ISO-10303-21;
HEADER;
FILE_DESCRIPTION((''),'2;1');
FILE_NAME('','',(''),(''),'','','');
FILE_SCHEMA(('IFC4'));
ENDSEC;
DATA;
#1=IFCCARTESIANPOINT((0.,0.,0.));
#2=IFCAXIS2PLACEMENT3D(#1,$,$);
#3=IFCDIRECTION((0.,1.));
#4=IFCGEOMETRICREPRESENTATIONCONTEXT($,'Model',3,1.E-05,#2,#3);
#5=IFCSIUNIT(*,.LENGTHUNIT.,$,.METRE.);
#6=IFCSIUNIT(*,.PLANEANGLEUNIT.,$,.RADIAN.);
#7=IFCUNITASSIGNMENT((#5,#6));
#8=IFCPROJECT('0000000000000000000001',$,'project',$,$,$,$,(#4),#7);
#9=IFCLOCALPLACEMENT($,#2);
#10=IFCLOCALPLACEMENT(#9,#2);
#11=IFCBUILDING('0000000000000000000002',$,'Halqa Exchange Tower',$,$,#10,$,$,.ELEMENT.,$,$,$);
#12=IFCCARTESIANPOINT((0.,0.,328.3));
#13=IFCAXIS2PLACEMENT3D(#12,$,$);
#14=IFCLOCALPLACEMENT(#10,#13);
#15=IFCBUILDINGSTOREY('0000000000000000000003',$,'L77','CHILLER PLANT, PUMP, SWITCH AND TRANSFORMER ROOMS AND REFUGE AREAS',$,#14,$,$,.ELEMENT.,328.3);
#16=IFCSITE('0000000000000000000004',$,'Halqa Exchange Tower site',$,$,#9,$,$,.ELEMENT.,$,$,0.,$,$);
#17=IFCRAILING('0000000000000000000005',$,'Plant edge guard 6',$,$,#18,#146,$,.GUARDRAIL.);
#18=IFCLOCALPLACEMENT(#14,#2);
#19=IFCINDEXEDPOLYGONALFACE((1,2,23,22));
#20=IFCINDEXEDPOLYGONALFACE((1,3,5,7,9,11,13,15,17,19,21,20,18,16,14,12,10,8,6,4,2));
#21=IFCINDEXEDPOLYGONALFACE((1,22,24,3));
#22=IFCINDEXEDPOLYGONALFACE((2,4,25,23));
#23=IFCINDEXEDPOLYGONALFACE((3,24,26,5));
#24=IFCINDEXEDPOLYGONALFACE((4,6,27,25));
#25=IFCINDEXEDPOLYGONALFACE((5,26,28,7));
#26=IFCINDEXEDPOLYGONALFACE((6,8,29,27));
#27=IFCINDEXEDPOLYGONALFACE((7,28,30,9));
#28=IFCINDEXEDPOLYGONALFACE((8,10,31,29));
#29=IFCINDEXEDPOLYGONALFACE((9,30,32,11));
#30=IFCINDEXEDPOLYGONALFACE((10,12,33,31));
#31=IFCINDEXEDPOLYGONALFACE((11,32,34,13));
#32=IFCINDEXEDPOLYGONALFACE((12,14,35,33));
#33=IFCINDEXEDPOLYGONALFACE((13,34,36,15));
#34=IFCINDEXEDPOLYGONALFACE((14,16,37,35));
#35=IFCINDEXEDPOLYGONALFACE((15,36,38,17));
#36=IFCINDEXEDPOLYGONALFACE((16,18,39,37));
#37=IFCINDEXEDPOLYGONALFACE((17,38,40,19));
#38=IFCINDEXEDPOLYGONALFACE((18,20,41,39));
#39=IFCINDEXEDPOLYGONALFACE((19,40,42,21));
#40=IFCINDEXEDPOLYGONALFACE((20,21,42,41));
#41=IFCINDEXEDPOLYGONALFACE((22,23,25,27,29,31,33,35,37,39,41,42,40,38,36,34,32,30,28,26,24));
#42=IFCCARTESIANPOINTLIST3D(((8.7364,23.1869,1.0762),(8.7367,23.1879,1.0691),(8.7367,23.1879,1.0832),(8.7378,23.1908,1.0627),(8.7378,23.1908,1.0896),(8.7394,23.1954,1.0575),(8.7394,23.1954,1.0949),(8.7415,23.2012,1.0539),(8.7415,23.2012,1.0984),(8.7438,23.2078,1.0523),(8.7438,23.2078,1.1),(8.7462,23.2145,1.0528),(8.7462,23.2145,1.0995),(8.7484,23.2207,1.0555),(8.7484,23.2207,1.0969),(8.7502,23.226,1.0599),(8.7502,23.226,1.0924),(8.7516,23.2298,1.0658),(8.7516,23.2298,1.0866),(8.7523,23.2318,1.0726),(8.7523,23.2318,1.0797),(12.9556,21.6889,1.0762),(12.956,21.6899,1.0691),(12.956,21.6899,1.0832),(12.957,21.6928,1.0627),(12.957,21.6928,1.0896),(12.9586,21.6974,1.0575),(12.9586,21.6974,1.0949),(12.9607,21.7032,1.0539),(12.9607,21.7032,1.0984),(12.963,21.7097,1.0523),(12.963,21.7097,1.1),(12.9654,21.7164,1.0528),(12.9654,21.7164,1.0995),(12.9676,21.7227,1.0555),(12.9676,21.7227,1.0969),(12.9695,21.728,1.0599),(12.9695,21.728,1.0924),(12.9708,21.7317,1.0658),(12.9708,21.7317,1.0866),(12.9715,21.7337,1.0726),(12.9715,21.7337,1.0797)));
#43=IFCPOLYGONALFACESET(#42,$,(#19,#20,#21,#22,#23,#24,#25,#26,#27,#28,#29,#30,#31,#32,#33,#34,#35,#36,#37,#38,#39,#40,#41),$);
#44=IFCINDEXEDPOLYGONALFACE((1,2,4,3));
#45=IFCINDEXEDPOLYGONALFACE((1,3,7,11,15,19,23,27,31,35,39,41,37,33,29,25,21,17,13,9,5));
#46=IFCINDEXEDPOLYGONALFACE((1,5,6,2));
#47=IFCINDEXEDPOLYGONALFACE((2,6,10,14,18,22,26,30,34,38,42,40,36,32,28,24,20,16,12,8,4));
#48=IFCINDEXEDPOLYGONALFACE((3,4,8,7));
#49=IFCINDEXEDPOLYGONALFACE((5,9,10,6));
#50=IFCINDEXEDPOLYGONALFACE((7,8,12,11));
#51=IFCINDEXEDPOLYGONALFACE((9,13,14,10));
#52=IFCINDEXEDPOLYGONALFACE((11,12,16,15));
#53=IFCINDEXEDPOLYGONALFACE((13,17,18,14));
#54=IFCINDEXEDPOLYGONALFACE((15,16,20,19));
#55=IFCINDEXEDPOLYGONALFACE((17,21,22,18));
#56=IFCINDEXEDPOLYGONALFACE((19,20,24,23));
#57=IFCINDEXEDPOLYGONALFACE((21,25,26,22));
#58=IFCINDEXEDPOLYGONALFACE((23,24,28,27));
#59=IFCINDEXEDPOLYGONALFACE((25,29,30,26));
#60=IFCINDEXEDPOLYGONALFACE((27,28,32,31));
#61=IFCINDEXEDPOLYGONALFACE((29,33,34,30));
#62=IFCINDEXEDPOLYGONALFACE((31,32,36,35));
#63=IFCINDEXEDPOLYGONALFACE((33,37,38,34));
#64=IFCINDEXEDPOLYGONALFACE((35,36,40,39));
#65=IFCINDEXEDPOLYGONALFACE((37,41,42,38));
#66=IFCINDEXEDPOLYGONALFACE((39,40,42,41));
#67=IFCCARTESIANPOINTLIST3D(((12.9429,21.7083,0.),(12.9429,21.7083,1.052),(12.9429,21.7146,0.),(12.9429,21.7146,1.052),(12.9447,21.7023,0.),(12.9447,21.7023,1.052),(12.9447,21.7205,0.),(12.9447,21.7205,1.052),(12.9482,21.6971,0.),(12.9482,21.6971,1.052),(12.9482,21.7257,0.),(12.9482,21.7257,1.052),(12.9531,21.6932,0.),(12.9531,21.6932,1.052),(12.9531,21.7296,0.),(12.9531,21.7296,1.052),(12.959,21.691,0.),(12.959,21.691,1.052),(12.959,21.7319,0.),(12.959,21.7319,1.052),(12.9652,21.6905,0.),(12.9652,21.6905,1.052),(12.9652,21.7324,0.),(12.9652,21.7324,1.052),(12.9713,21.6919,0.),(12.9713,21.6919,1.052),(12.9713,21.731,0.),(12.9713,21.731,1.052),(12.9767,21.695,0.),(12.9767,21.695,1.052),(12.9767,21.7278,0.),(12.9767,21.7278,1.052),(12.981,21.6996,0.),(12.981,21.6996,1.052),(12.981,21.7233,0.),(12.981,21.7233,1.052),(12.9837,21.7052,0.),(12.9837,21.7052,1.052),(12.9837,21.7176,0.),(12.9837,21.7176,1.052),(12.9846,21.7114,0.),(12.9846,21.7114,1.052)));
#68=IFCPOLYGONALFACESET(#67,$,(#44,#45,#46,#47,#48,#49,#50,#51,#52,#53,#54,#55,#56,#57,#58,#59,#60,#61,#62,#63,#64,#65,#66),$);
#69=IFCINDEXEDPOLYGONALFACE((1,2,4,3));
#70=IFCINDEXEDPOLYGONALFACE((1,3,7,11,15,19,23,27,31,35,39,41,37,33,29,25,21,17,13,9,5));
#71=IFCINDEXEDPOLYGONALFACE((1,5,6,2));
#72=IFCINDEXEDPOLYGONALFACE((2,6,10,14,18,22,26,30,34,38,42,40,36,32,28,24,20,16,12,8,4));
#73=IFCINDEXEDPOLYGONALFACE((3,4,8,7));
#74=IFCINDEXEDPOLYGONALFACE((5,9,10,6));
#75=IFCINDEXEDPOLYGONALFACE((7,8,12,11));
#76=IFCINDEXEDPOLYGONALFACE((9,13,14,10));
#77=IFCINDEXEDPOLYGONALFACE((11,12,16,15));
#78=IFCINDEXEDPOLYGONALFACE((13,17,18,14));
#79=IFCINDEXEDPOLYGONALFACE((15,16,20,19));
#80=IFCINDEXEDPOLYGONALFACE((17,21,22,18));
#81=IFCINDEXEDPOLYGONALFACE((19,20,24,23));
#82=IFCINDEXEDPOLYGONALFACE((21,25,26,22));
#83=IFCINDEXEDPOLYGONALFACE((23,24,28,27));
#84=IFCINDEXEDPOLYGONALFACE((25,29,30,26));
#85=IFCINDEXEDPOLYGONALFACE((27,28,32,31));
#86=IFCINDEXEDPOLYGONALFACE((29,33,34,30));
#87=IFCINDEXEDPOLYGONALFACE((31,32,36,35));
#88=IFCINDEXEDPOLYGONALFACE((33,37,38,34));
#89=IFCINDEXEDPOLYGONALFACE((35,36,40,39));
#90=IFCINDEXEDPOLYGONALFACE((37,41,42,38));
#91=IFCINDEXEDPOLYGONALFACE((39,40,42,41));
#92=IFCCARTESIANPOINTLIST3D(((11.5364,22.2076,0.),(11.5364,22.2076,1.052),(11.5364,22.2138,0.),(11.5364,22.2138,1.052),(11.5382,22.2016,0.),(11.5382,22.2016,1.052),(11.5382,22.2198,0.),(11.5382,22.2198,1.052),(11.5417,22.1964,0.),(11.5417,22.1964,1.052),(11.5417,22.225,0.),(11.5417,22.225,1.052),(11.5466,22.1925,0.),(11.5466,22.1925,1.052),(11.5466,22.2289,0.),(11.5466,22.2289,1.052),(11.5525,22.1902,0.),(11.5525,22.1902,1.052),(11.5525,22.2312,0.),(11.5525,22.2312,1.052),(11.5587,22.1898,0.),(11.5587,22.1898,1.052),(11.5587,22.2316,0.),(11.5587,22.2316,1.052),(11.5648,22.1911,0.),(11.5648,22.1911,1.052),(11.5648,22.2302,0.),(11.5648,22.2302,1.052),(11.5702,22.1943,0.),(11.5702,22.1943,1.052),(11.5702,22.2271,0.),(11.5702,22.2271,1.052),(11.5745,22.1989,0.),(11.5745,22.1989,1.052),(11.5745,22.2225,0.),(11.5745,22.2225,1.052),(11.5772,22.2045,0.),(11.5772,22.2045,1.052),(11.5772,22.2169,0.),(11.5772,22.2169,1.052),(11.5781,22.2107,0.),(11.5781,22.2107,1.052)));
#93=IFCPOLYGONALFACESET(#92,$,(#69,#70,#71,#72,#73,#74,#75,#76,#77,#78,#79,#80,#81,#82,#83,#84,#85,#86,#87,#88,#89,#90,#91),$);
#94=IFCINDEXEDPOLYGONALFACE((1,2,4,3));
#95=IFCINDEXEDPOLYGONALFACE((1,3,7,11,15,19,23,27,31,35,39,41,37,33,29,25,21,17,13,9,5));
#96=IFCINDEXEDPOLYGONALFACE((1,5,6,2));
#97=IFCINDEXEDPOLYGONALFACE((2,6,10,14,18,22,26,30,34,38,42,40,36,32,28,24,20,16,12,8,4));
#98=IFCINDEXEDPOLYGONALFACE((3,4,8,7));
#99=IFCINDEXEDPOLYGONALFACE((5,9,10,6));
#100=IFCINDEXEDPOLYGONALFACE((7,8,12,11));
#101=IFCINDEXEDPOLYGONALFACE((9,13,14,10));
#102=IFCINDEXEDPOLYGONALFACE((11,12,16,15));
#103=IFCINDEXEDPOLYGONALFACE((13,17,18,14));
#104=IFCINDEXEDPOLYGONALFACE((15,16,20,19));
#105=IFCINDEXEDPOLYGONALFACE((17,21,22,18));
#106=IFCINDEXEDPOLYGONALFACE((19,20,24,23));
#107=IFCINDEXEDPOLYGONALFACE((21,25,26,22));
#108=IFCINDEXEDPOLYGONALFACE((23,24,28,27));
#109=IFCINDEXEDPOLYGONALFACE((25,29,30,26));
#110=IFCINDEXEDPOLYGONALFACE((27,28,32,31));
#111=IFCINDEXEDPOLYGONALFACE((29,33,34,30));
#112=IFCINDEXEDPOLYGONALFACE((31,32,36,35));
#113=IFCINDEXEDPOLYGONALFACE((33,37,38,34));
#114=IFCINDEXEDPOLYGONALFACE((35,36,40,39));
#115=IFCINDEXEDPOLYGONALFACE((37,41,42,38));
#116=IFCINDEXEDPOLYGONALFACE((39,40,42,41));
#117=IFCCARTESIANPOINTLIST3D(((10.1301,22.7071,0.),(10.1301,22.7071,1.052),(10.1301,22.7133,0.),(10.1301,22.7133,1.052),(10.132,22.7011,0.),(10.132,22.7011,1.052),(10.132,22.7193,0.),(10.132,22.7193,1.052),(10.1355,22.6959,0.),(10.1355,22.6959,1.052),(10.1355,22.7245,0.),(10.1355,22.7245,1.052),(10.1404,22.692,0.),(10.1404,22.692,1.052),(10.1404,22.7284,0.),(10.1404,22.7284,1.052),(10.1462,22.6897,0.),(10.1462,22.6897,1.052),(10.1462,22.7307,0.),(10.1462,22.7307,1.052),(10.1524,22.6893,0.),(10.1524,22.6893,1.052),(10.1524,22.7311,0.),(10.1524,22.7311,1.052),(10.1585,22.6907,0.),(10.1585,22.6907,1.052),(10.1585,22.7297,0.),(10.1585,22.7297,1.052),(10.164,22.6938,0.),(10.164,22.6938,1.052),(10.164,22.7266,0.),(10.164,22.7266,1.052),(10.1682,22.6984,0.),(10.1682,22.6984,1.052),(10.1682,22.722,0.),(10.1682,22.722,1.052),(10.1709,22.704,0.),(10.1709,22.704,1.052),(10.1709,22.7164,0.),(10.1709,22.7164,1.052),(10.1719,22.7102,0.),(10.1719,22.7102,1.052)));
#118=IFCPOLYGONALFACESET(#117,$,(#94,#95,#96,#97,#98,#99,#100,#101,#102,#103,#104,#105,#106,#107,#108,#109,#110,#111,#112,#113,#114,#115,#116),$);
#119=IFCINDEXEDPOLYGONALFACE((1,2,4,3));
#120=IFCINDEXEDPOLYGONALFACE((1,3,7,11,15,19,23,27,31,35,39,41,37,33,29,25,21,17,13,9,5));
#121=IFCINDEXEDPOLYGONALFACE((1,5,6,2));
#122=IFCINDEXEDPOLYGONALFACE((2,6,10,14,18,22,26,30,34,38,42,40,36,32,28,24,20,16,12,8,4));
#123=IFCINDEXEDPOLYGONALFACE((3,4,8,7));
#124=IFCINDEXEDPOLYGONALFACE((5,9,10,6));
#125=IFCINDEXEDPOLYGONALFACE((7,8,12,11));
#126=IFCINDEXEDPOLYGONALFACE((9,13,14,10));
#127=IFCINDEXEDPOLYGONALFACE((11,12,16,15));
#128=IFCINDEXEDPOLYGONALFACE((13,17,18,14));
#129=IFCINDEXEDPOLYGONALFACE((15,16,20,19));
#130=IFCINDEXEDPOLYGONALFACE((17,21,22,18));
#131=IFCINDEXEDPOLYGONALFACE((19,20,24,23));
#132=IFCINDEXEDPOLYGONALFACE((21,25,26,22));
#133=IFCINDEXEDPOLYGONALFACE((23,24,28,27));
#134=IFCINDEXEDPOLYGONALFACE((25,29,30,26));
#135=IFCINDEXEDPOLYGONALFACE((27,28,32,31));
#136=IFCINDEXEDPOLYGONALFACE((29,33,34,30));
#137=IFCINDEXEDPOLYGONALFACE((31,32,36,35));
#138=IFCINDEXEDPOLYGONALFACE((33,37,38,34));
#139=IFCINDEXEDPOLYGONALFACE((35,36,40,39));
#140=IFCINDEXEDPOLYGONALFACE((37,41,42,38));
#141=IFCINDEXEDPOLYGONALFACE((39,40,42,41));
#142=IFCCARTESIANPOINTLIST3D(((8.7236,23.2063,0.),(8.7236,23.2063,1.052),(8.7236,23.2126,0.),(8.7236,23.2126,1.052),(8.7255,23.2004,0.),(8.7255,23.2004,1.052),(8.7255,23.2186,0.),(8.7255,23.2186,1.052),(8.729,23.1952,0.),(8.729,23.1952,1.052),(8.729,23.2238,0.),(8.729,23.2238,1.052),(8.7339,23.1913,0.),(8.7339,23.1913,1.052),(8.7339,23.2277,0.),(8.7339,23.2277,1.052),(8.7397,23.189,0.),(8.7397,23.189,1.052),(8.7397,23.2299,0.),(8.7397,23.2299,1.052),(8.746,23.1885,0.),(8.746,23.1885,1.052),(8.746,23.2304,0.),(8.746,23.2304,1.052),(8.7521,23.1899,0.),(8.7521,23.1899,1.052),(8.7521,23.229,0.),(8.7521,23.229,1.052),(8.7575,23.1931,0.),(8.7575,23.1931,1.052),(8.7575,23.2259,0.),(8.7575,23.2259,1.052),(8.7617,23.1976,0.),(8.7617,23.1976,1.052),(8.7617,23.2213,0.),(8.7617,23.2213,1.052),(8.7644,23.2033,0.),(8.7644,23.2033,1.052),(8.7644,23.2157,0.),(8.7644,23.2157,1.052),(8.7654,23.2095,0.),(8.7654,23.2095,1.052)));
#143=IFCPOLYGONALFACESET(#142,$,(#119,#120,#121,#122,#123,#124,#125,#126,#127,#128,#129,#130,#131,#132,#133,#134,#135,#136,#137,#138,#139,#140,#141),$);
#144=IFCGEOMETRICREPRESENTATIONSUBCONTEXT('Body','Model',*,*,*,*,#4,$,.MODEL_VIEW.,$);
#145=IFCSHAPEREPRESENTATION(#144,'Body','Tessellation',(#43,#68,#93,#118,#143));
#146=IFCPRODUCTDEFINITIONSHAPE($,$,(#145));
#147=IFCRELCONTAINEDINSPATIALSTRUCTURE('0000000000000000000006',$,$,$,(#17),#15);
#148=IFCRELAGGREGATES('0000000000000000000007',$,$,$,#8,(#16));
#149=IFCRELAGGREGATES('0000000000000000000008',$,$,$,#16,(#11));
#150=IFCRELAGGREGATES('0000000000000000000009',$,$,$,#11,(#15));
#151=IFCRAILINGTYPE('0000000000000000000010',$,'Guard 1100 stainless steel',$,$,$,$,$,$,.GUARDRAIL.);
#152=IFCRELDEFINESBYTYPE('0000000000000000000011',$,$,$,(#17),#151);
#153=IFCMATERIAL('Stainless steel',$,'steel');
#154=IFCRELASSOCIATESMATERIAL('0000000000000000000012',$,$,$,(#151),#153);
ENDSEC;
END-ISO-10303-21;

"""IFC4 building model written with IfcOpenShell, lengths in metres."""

from ifc_helpers import new_model, si_unit, direction, frame, origin, origin_2d, place, context, subcontext, project, spatial, circle, extrude, material, type_object, element, save


model = new_model("IFC4")

# Units and contexts
model_context = context("Model", 3, precision=1e-05, world=origin(), true_north=direction((0.0, 1.0)))
body_context = subcontext(model_context, "Body", "Model", "MODEL_VIEW")
ifc_project = project(units=[si_unit("LENGTHUNIT", "METRE"), si_unit("PLANEANGLEUNIT", "RADIAN")], contexts=[model_context])

# Site, building, storey
site_placement = place(None, origin())
site = spatial("IfcSite", under=ifc_project, at=site_placement, Name="Halqa Exchange Tower site", CompositionType="ELEMENT", RefElevation=0.0)
building_placement = place(site_placement, origin())
building = spatial("IfcBuilding", under=site, at=building_placement, Name="Halqa Exchange Tower", CompositionType="ELEMENT")
storey_placement = place(building_placement, frame((0.0, 0.0, 328.3)))
storey = spatial("IfcBuildingStorey", under=building, at=storey_placement, Name="L77", Description="CHILLER PLANT, PUMP, SWITCH AND TRANSFORMER ROOMS AND REFUGE AREAS", CompositionType="ELEMENT", Elevation=328.3)

# Railing
ifc_material_1 = material(Name="Stainless steel", Category="steel")
railing_type = type_object("IfcRailingType", Name="Guard 1100 stainless steel", PredefinedType="GUARDRAIL", material=ifc_material_1)
railing_1_placement = place(storey_placement, frame((12.9636, 21.7114, 0.0)))
element("IfcRailing", 1, at=railing_1_placement, inside=storey, type_object=railing_type, Name="Plant edge guard 6", PredefinedType="GUARDRAIL", context=body_context, shape_type="SweptSolid", body=[
    extrude(circle(Radius=0.0239, at=origin_2d()), frame((0.0, 0.0, 1.0762), z_axis=(-0.942365, 0.334588, 0.0), x_axis=(-0.334588, -0.942365, 0.0)), (0.0, 0.0, 1.0), 4.4773),
    extrude(circle(Radius=0.021, at=origin_2d()), origin(), (0.0, 0.0, 1.0), 1.052),
    extrude(circle(Radius=0.021, at=origin_2d()), frame((-1.4065, 0.4993, 0.0)), (0.0, 0.0, 1.0), 1.052),
    extrude(circle(Radius=0.021, at=origin_2d()), frame((-2.8127, 0.9988, 0.0)), (0.0, 0.0, 1.0), 1.052),
    extrude(circle(Radius=0.021, at=origin_2d()), frame((-4.2192, 1.498, 0.0)), (0.0, 0.0, 1.0), 1.052),
])

save(model, "model.ifc")
